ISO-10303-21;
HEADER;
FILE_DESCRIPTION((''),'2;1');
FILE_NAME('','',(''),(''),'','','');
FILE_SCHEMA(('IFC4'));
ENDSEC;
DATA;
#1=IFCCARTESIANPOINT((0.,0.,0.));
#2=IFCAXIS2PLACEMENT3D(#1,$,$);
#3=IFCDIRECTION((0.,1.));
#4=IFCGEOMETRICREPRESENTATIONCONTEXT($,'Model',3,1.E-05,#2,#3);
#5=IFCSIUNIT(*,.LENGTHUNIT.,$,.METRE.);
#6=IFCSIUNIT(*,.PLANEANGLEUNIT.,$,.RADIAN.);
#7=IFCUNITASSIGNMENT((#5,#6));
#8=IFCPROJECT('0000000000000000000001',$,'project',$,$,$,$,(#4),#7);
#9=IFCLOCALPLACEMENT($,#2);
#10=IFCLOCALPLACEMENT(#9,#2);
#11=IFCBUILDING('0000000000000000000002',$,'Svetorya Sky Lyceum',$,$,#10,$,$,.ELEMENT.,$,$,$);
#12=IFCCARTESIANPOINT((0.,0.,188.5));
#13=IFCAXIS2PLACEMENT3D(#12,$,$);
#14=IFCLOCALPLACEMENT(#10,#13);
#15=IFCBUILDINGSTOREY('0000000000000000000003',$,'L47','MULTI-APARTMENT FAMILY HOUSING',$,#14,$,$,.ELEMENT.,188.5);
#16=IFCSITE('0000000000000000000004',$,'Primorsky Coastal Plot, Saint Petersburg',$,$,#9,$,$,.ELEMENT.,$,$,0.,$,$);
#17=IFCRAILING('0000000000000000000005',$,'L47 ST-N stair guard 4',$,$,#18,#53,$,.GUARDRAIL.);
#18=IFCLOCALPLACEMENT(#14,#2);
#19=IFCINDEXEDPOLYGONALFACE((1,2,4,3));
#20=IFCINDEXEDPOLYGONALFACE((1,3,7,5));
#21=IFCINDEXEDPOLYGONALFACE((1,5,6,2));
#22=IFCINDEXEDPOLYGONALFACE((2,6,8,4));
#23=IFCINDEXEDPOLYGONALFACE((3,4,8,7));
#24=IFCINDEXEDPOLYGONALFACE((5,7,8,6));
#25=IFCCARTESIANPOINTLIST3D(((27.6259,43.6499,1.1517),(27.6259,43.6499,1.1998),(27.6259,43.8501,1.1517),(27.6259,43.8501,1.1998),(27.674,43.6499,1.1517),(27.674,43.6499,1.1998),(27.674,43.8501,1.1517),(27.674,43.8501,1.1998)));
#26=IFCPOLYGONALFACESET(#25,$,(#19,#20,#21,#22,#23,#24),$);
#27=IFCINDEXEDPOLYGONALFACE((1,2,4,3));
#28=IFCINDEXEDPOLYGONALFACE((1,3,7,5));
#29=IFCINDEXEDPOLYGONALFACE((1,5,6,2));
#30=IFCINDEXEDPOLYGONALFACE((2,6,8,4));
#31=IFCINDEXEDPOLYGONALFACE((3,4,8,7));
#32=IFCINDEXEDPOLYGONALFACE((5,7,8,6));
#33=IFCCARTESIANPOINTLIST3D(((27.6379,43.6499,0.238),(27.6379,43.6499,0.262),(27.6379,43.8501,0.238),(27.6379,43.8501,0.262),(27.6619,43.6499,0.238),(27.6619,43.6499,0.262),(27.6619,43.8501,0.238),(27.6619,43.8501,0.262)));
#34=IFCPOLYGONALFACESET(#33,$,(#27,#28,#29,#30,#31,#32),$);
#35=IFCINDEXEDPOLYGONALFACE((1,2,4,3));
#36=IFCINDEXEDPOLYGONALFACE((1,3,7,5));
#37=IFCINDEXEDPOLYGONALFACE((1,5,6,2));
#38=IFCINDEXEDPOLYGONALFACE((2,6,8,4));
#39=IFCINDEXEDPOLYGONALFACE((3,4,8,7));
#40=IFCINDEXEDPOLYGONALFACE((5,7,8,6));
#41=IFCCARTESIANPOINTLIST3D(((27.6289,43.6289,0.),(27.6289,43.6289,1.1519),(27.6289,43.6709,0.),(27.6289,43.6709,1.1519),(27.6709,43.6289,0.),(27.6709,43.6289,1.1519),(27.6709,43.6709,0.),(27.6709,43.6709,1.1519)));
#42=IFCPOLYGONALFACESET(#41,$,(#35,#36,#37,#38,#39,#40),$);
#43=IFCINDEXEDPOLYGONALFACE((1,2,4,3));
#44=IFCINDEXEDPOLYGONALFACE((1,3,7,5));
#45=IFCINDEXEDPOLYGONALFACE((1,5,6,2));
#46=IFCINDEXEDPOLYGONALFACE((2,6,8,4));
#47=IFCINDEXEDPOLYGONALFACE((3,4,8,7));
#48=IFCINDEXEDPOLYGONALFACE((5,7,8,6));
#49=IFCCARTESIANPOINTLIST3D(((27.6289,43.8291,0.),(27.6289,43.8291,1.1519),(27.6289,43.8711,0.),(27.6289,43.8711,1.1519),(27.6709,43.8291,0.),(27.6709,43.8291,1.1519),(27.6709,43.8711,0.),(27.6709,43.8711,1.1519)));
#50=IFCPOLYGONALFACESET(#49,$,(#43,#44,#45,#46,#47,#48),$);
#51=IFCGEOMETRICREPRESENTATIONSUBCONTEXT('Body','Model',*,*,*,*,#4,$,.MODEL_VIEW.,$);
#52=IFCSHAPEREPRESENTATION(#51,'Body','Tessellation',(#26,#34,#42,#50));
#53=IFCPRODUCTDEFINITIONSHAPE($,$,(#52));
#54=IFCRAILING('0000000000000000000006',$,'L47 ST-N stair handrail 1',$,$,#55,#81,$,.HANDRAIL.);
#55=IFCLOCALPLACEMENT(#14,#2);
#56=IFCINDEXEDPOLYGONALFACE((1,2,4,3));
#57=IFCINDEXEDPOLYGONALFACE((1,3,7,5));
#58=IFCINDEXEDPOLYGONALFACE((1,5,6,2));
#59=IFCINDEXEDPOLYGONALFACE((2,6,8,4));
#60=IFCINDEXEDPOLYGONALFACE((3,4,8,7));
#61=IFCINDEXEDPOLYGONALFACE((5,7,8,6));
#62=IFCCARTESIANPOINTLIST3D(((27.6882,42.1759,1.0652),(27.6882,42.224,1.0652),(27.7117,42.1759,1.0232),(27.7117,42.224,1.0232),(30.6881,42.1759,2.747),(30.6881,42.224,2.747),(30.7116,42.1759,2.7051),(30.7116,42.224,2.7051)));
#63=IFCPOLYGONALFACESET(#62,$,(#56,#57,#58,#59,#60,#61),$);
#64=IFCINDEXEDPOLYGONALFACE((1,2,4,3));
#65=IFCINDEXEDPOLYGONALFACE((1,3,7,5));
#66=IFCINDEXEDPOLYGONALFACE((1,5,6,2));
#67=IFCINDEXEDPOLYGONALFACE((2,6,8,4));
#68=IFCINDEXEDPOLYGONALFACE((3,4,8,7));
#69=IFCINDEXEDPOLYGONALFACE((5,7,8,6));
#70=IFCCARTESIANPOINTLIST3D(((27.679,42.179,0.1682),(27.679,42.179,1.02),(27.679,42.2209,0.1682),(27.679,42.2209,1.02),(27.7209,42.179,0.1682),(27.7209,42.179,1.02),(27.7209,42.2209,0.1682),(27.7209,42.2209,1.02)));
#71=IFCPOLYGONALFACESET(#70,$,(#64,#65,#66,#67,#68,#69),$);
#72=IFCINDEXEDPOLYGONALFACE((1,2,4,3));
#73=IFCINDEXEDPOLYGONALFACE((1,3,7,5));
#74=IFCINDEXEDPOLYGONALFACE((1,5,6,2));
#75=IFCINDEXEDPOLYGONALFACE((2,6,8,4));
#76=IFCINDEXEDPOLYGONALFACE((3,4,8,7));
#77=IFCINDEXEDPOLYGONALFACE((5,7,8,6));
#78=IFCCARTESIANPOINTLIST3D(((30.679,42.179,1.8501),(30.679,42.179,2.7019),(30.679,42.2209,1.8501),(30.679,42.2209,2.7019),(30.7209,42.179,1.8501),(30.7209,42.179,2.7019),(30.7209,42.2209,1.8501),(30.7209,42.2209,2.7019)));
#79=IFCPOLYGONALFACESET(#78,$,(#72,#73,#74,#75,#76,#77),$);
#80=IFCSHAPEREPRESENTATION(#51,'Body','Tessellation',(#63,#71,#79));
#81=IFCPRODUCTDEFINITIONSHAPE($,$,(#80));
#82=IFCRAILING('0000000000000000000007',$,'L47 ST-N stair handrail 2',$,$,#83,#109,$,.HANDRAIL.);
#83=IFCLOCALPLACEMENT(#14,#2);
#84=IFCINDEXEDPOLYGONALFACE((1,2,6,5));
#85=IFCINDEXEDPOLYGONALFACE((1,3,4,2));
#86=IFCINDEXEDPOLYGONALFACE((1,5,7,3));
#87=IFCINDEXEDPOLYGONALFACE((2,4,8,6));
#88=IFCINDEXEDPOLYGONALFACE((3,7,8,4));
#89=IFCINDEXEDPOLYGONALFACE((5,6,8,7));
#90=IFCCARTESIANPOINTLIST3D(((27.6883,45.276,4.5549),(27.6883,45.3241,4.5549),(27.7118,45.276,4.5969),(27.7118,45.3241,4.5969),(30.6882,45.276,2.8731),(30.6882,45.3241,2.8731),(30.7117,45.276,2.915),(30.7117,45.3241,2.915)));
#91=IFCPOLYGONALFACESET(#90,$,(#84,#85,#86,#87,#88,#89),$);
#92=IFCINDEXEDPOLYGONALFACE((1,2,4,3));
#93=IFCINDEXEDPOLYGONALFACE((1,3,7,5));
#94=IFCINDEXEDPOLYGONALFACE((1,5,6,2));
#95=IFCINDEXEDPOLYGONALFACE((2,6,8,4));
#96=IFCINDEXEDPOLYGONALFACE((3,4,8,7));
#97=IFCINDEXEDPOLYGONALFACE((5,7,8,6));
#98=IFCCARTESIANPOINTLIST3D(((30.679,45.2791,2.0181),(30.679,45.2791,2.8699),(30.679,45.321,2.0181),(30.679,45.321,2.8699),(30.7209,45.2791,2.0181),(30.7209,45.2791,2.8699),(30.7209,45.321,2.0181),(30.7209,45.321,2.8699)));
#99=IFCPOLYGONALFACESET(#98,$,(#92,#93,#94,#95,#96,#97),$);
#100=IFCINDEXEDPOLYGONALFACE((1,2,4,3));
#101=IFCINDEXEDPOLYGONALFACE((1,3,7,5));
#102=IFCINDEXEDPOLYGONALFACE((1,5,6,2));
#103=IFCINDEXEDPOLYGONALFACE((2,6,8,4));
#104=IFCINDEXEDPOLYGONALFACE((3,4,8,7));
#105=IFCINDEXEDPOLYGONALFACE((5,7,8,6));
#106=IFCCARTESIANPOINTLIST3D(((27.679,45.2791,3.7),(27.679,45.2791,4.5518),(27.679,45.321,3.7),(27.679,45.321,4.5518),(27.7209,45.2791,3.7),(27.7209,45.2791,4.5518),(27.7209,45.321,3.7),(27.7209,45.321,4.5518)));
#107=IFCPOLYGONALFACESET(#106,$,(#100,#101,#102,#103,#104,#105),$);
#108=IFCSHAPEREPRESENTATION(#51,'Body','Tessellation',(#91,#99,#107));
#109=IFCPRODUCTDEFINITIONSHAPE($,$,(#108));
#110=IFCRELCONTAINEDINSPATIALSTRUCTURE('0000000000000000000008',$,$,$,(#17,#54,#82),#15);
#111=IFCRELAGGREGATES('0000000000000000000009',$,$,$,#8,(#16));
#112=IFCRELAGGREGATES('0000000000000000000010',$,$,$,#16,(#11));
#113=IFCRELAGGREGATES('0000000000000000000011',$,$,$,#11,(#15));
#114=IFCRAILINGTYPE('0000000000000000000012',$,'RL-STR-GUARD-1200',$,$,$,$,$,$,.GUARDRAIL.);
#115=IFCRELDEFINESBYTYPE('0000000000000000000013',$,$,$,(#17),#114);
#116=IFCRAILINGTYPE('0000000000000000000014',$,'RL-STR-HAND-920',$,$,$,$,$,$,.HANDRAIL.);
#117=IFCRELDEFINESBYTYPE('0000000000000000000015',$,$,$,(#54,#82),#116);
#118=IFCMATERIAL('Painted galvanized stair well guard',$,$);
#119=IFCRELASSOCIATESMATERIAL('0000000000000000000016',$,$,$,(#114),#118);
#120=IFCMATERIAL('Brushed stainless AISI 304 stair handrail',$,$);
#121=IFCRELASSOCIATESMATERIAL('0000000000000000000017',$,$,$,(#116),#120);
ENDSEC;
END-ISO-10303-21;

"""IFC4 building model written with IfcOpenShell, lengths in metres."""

from ifc_helpers import new_model, si_unit, direction, frame, origin, origin_2d, place, context, subcontext, project, spatial, rectangle, extrude, material, type_object, element, save


model = new_model("IFC4")

# Units and contexts
model_context = context("Model", 3, precision=1e-05, world=origin(), true_north=direction((0.0, 1.0)))
body_context = subcontext(model_context, "Body", "Model", "MODEL_VIEW")
ifc_project = project(units=[si_unit("LENGTHUNIT", "METRE"), si_unit("PLANEANGLEUNIT", "RADIAN")], contexts=[model_context])

# Site, building, storey
site_placement = place(None, origin())
site = spatial("IfcSite", under=ifc_project, at=site_placement, Name="Primorsky Coastal Plot, Saint Petersburg", CompositionType="ELEMENT", RefElevation=0.0)
building_placement = place(site_placement, origin())
building = spatial("IfcBuilding", under=site, at=building_placement, Name="Svetorya Sky Lyceum", CompositionType="ELEMENT")
storey_placement = place(building_placement, frame((0.0, 0.0, 188.5)))
storey = spatial("IfcBuildingStorey", under=building, at=storey_placement, Name="L47", Description="MULTI-APARTMENT FAMILY HOUSING", CompositionType="ELEMENT", Elevation=188.5)

# Railings
ifc_material_1 = material(Name="Painted galvanized stair well guard")
railing_type_1 = type_object("IfcRailingType", Name="RL-STR-GUARD-1200", PredefinedType="GUARDRAIL", material=ifc_material_1)
railing_1_placement = place(storey_placement, frame((27.6499, 43.6499, 0.0)))
element("IfcRailing", 1, at=railing_1_placement, inside=storey, type_object=railing_type_1, Name="L47 ST-N stair guard 4", PredefinedType="GUARDRAIL", context=body_context, shape_type="SweptSolid", body=[
    extrude(rectangle(XDim=0.0481, YDim=0.0481, at=origin_2d()), frame((0.0, 0.0, 1.1758), z_axis=(0.0, 1.0, 0.0), x_axis=(-1.0, 0.0, 0.0)), (0.0, 0.0, 1.0), 0.2002),
    extrude(rectangle(XDim=0.0239, YDim=0.0239, at=origin_2d()), frame((0.0, 0.0, 0.25), z_axis=(0.0, 1.0, 0.0), x_axis=(-1.0, 0.0, 0.0)), (0.0, 0.0, 1.0), 0.2002),
    extrude(rectangle(XDim=0.042, YDim=0.042, at=origin_2d()), origin(), (0.0, 0.0, 1.0), 1.1519),
    extrude(rectangle(XDim=0.042, YDim=0.042, at=origin_2d()), frame((0.0, 0.2002, 0.0)), (0.0, 0.0, 1.0), 1.1519),
])
ifc_material_2 = material(Name="Brushed stainless AISI 304 stair handrail")
railing_type_2 = type_object("IfcRailingType", Name="RL-STR-HAND-920", PredefinedType="HANDRAIL", material=ifc_material_2)
railing_2_placement = place(storey_placement, frame((27.7, 42.2, 0.1682)))
element("IfcRailing", 2, at=railing_2_placement, inside=storey, type_object=railing_type_2, Name="L47 ST-N stair handrail 1", PredefinedType="HANDRAIL", context=body_context, shape_type="SweptSolid", body=[
    extrude(rectangle(XDim=0.0481, YDim=0.0481, at=origin_2d()), frame((0.0, 0.0, 0.876), z_axis=(0.872272, 0.0, 0.48902), x_axis=(0.0, 1.0, 0.0)), (0.0, 0.0, 1.0), 3.4392),
    extrude(rectangle(XDim=0.042, YDim=0.042, at=origin_2d()), origin(), (0.0, 0.0, 1.0), 0.8518),
    extrude(rectangle(XDim=0.042, YDim=0.042, at=origin_2d()), frame((3.0, 0.0, 1.6819)), (0.0, 0.0, 1.0), 0.8518),
])
railing_3_placement = place(storey_placement, frame((30.7, 45.3, 2.0181)))
element("IfcRailing", 3, at=railing_3_placement, inside=storey, type_object=railing_type_2, Name="L47 ST-N stair handrail 2", PredefinedType="HANDRAIL", context=body_context, shape_type="SweptSolid", body=[
    extrude(rectangle(XDim=0.0481, YDim=0.0481, at=origin_2d()), frame((0.0, 0.0, 0.876), z_axis=(-0.872272, 0.0, 0.48902), x_axis=(0.0, -1.0, 0.0)), (0.0, 0.0, 1.0), 3.4392),
    extrude(rectangle(XDim=0.042, YDim=0.042, at=origin_2d()), origin(), (0.0, 0.0, 1.0), 0.8518),
    extrude(rectangle(XDim=0.042, YDim=0.042, at=origin_2d()), frame((-3.0, 0.0, 1.6819)), (0.0, 0.0, 1.0), 0.8518),
])

save(model, "model.ifc")
